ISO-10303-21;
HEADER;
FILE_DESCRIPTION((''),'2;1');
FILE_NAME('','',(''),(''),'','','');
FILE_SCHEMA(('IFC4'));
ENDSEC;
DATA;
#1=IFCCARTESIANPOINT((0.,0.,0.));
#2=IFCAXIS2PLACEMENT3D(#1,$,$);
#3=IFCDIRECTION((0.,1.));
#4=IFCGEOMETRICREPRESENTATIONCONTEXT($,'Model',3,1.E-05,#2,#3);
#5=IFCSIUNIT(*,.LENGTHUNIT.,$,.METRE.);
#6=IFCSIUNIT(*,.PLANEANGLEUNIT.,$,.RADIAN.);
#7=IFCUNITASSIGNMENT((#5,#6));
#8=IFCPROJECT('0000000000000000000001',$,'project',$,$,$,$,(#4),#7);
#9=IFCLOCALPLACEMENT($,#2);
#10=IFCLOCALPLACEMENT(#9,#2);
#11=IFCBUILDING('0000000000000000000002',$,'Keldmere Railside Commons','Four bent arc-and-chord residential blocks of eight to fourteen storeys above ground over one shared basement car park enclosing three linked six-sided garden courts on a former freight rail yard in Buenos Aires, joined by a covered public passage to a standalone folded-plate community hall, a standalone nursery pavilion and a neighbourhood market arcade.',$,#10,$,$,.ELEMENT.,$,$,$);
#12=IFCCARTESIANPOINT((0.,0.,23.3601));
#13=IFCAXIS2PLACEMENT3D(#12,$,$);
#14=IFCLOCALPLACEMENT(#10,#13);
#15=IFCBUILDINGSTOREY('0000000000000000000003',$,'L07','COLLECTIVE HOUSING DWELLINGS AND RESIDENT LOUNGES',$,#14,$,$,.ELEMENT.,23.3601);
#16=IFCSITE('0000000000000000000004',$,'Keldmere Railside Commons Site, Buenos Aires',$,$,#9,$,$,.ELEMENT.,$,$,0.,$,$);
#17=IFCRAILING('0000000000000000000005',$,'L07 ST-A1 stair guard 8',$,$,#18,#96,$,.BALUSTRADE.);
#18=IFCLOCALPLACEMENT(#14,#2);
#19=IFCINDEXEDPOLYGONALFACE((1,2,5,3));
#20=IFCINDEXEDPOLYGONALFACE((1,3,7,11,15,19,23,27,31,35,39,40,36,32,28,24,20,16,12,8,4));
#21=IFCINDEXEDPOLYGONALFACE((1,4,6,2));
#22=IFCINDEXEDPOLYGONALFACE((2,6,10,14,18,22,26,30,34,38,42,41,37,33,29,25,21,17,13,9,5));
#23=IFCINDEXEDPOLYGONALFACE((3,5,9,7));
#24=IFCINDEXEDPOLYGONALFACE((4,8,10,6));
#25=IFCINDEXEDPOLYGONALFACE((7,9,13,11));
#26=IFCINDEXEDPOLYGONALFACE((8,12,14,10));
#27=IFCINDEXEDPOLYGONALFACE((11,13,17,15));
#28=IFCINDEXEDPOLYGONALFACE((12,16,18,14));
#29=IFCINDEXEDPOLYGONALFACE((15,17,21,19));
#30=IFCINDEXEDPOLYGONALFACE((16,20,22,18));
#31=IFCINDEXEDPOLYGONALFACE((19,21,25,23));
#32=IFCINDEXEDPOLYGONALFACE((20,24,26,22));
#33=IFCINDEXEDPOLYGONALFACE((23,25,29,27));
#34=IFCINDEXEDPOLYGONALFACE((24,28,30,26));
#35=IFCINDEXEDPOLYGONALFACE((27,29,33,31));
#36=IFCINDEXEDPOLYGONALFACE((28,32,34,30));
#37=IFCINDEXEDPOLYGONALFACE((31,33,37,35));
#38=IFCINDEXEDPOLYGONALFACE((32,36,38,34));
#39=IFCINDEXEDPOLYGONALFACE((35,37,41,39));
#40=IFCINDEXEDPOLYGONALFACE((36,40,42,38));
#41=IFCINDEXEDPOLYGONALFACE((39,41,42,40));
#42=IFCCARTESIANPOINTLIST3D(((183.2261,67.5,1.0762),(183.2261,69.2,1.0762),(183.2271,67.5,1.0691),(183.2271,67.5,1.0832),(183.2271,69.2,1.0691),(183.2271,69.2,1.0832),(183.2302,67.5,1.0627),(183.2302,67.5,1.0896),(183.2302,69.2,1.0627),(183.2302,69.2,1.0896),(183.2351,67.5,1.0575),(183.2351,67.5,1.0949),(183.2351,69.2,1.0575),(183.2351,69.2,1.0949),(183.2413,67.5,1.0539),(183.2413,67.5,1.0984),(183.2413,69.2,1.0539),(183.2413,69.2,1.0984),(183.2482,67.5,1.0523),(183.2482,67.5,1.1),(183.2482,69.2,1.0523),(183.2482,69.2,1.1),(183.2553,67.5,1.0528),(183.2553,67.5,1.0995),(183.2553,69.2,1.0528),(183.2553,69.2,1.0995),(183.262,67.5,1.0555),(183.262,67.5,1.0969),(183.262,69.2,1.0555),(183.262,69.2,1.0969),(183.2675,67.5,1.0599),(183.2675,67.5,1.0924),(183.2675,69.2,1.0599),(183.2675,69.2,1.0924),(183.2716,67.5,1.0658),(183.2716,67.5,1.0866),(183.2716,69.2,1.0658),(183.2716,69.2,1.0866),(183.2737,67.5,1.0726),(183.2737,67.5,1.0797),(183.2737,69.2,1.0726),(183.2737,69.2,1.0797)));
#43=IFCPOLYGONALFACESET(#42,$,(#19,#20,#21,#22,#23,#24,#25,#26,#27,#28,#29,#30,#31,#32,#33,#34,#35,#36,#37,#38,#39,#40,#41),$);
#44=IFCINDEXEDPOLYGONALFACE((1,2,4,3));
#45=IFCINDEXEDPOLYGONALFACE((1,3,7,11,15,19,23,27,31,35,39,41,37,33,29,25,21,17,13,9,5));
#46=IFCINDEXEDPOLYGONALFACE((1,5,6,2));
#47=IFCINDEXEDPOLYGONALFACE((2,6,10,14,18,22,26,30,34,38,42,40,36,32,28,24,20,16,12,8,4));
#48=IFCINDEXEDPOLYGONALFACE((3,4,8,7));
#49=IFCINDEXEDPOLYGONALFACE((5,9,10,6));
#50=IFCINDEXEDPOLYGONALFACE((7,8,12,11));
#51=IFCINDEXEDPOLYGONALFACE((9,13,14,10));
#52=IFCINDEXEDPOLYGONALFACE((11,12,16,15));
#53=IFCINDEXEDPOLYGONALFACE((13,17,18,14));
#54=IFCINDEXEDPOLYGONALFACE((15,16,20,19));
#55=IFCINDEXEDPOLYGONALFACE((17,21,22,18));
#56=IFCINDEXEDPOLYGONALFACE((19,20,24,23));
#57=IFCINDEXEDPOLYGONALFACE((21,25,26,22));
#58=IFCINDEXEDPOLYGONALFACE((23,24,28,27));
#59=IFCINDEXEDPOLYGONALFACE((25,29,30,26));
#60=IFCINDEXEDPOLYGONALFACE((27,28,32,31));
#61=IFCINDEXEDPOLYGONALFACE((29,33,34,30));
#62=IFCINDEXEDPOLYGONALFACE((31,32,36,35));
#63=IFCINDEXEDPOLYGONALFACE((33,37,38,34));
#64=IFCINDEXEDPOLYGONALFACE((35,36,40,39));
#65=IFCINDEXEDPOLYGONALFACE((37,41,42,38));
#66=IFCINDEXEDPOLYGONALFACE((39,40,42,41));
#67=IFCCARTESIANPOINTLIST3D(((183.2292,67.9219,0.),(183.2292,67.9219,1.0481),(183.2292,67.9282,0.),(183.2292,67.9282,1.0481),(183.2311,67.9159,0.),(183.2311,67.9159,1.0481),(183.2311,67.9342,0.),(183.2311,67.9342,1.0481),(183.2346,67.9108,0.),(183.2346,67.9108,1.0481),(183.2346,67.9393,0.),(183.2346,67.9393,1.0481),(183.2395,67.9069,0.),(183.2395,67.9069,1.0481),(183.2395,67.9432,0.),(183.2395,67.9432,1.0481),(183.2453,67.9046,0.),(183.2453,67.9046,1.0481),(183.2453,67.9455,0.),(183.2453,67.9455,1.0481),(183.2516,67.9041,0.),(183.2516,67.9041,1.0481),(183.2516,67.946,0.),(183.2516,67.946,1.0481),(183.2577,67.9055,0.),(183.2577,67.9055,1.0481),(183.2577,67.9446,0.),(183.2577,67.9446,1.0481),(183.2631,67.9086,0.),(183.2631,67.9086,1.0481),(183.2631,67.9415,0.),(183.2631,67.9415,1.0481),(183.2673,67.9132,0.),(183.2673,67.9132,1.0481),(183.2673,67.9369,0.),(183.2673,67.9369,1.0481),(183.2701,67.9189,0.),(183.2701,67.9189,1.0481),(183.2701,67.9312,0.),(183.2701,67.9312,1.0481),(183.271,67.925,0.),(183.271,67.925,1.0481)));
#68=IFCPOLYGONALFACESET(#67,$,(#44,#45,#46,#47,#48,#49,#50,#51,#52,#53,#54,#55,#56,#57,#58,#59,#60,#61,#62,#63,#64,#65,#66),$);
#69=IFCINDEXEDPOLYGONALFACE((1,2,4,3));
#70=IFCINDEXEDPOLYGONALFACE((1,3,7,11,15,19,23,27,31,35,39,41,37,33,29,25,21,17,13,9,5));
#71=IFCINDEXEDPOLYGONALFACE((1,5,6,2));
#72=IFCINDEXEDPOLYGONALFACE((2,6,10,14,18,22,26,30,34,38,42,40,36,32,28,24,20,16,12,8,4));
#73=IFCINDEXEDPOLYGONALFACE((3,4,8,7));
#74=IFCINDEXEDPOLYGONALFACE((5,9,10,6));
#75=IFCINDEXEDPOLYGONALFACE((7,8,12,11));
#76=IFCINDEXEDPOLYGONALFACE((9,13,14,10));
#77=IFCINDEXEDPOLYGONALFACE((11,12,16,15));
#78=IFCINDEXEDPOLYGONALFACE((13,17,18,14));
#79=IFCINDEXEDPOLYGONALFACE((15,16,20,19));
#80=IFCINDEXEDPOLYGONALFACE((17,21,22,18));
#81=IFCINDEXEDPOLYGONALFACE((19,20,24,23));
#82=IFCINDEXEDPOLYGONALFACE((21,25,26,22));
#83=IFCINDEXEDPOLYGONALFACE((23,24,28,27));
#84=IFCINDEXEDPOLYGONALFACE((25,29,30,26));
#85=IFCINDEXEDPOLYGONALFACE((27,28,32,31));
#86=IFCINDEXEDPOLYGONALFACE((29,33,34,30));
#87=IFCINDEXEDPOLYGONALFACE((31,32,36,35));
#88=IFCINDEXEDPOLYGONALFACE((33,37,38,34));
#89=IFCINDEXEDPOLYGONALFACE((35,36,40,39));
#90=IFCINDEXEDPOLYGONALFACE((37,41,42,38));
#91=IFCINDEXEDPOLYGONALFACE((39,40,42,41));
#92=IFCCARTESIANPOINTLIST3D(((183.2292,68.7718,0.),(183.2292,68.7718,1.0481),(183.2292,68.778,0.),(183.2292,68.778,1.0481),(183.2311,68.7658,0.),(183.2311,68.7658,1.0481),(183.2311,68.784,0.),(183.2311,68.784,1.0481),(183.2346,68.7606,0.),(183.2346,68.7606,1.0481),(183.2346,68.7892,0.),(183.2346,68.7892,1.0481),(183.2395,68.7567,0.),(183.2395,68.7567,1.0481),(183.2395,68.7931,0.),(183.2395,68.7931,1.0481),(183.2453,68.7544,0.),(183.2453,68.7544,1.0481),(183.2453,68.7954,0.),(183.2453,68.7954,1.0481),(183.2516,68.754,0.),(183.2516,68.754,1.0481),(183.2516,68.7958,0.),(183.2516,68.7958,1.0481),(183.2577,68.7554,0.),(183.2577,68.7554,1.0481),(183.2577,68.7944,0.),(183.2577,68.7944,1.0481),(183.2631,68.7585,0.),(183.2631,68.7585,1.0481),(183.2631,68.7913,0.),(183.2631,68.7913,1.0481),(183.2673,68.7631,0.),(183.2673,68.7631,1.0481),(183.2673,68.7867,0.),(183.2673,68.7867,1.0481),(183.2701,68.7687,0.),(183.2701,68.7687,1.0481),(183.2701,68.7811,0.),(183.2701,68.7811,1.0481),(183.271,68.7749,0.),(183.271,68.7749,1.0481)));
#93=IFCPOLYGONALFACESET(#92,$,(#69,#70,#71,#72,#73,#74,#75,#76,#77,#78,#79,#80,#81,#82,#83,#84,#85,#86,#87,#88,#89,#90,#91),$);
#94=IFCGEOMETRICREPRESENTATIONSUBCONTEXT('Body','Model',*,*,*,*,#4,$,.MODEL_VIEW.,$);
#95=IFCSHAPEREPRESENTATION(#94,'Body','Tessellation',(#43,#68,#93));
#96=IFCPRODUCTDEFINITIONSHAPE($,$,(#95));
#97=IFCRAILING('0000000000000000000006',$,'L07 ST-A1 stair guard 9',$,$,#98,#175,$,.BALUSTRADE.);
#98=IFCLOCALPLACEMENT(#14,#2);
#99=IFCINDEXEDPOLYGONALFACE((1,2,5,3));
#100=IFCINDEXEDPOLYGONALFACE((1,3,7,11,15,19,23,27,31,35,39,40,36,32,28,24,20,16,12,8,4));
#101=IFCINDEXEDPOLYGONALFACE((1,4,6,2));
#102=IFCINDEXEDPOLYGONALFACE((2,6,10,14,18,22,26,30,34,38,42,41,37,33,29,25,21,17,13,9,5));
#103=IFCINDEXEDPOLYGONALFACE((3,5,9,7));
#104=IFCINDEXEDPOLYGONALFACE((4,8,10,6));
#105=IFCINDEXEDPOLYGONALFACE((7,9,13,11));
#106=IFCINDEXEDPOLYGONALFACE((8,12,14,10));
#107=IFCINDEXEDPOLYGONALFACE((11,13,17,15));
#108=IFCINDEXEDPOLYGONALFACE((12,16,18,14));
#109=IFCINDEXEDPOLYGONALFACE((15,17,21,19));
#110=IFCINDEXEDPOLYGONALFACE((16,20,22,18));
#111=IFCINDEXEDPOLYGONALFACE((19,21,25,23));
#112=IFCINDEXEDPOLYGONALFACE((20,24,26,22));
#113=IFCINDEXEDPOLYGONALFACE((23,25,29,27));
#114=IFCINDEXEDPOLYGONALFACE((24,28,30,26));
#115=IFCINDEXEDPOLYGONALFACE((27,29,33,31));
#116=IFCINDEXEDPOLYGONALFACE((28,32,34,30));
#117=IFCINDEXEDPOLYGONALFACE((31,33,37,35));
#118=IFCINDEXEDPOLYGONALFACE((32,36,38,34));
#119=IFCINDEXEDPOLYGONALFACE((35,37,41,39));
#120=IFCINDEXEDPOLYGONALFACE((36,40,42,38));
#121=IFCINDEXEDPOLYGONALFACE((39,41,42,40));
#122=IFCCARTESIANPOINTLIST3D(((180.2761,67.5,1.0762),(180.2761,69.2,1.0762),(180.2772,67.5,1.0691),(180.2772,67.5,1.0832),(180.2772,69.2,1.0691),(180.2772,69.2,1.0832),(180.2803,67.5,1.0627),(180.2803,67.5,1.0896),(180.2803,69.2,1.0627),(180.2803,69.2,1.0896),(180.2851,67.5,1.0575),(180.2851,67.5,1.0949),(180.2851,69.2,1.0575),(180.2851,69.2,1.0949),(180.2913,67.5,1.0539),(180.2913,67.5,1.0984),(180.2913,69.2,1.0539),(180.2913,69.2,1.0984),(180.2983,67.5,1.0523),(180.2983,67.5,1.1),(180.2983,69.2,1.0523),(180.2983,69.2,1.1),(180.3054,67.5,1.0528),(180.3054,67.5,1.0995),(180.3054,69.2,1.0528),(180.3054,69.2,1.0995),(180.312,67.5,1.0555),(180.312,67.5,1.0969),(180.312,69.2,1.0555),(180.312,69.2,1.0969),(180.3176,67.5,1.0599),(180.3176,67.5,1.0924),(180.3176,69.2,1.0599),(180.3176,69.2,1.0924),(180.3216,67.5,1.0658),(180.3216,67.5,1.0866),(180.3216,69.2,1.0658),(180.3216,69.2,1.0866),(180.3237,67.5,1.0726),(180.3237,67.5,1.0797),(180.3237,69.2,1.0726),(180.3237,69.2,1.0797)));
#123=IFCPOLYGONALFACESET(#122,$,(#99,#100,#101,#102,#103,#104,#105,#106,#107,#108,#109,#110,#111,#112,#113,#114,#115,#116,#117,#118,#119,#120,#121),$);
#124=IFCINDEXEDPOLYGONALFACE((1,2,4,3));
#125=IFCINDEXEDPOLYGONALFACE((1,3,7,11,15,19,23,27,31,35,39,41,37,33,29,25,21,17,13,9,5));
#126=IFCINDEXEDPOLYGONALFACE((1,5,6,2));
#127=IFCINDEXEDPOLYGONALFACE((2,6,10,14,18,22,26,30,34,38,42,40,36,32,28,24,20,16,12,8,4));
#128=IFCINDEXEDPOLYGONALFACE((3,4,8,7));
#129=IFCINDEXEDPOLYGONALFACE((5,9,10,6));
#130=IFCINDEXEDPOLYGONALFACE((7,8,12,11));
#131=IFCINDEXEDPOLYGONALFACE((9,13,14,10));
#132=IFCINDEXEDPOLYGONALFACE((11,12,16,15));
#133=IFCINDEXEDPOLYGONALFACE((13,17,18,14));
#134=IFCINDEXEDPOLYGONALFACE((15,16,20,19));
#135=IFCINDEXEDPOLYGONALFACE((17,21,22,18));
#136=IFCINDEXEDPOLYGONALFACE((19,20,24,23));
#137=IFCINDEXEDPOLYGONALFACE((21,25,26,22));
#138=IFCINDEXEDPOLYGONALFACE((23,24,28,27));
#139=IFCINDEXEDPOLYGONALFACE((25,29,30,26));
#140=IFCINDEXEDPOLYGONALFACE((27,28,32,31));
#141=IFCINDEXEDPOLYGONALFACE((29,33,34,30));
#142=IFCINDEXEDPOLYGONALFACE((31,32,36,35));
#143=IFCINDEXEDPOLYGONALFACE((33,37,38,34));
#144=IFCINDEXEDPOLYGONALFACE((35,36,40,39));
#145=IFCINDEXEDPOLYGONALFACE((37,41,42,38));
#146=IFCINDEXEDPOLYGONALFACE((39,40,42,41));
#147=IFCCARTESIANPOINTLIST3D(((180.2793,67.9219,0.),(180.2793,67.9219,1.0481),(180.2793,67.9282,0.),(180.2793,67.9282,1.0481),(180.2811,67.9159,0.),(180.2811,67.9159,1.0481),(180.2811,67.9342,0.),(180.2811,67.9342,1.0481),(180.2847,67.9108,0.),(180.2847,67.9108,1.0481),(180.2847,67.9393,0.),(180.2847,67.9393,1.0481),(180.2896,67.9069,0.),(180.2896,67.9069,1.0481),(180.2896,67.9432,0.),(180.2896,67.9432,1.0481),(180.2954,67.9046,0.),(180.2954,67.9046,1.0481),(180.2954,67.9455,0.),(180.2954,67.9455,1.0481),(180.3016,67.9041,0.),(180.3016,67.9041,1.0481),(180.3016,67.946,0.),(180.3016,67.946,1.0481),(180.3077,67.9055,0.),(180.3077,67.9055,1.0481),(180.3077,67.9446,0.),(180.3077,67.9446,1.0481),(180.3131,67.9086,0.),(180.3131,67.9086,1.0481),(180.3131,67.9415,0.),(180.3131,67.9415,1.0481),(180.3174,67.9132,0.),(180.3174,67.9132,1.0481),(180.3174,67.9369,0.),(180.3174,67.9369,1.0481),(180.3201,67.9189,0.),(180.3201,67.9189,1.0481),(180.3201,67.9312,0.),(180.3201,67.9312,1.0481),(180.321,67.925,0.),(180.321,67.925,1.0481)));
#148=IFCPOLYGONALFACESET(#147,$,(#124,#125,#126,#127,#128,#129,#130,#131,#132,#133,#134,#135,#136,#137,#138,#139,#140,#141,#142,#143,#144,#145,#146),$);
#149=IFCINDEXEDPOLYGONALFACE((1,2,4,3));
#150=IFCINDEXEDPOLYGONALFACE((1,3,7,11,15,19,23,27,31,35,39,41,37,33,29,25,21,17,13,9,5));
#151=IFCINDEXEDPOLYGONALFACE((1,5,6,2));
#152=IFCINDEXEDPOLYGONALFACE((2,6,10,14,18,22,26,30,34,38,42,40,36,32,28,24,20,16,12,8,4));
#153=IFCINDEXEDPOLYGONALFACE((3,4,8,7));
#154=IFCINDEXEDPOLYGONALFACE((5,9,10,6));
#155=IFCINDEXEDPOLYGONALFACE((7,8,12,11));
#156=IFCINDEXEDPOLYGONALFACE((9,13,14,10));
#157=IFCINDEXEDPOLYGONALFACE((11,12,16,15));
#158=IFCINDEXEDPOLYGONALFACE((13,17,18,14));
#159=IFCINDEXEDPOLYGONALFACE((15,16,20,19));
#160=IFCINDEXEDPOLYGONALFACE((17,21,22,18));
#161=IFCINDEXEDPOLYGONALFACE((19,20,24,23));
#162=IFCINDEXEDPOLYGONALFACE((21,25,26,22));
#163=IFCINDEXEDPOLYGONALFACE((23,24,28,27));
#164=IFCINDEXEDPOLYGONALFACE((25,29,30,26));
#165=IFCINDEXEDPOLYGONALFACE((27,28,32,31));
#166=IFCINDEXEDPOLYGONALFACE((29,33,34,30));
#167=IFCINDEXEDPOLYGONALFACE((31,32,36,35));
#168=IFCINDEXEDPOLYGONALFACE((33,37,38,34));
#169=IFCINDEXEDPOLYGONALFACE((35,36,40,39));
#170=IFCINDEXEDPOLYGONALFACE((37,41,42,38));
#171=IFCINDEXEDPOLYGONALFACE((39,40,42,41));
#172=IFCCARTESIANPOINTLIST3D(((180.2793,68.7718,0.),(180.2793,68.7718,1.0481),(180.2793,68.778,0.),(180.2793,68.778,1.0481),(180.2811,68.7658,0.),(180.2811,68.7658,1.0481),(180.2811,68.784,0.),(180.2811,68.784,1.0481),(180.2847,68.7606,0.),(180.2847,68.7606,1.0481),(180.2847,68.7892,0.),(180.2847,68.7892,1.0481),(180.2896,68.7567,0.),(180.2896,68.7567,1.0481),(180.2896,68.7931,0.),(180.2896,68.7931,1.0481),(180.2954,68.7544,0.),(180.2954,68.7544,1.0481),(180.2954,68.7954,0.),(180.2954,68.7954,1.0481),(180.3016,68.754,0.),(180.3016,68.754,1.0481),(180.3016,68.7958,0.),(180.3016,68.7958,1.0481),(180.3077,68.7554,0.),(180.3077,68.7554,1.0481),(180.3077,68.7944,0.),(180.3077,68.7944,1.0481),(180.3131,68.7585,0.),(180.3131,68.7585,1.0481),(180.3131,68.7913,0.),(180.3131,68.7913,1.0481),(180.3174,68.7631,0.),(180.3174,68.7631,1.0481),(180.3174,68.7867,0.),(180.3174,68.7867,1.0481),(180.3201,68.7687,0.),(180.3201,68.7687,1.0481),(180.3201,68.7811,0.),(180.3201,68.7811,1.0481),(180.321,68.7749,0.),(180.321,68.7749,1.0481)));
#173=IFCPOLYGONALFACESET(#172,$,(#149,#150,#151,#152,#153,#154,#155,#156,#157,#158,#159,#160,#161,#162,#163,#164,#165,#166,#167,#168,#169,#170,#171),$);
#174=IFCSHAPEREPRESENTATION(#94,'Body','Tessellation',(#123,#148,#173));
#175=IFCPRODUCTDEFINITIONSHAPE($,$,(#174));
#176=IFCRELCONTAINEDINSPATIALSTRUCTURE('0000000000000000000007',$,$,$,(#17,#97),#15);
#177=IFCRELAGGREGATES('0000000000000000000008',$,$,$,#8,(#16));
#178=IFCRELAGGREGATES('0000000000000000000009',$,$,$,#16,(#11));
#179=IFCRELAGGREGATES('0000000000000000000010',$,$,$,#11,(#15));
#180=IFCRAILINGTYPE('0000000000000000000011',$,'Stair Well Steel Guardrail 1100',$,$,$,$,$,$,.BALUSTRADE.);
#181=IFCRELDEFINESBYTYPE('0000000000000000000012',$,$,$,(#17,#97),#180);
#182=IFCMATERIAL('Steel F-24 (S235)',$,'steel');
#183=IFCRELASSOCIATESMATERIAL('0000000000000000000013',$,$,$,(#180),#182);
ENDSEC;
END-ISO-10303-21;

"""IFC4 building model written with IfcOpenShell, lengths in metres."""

from ifc_helpers import new_model, si_unit, direction, frame, origin, origin_2d, place, context, subcontext, project, spatial, circle, extrude, material, type_object, element, save


model = new_model("IFC4")

# Units and contexts
model_context = context("Model", 3, precision=1e-05, world=origin(), true_north=direction((0.0, 1.0)))
body_context = subcontext(model_context, "Body", "Model", "MODEL_VIEW")
ifc_project = project(units=[si_unit("LENGTHUNIT", "METRE"), si_unit("PLANEANGLEUNIT", "RADIAN")], contexts=[model_context])

# Site, building, storey
site_placement = place(None, origin())
site = spatial("IfcSite", under=ifc_project, at=site_placement, Name="Keldmere Railside Commons Site, Buenos Aires", CompositionType="ELEMENT", RefElevation=0.0)
building_placement = place(site_placement, origin())
building = spatial("IfcBuilding", under=site, at=building_placement, Name="Keldmere Railside Commons", Description="Four bent arc-and-chord residential blocks of eight to fourteen storeys above ground over one shared basement car park enclosing three linked six-sided garden courts on a former freight rail yard in Buenos Aires, joined by a covered public passage to a standalone folded-plate community hall, a standalone nursery pavilion and a neighbourhood market arcade.", CompositionType="ELEMENT")
storey_placement = place(building_placement, frame((0.0, 0.0, 23.3601)))
storey = spatial("IfcBuildingStorey", under=building, at=storey_placement, Name="L07", Description="COLLECTIVE HOUSING DWELLINGS AND RESIDENT LOUNGES", CompositionType="ELEMENT", Elevation=23.3601)

# Shared definitions
ifc_material_1 = material(Name="Steel F-24 (S235)", Category="steel")

# Railings
railing_type_1 = type_object("IfcRailingType", Name="Stair Well Steel Guardrail 1100", PredefinedType="BALUSTRADE", material=ifc_material_1)
for number, where, name in (
    (1, (183.25, 67.5, 0.0), "L07 ST-A1 stair guard 8"),
    (2, (180.3, 67.5, 0.0), "L07 ST-A1 stair guard 9"),
):
    element("IfcRailing", number, at=place(storey_placement, frame(where)), inside=storey, type_object=railing_type_1, Name=name, PredefinedType="BALUSTRADE", context=body_context, shape_type="SweptSolid", body=[
        extrude(circle(Radius=0.0239, at=origin_2d()), frame((0.0, 0.0, 1.0762), z_axis=(0.0, 1.0, 0.0), x_axis=(-1.0, 0.0, 0.0)), (0.0, 0.0, 1.0), 1.7),
        extrude(circle(Radius=0.021, at=origin_2d()), frame((0.0, 0.425, 0.0)), (0.0, 0.0, 1.0), 1.0481),
        extrude(circle(Radius=0.021, at=origin_2d()), frame((0.0, 1.2749, 0.0)), (0.0, 0.0, 1.0), 1.0481),
    ])

save(model, "model.ifc")
